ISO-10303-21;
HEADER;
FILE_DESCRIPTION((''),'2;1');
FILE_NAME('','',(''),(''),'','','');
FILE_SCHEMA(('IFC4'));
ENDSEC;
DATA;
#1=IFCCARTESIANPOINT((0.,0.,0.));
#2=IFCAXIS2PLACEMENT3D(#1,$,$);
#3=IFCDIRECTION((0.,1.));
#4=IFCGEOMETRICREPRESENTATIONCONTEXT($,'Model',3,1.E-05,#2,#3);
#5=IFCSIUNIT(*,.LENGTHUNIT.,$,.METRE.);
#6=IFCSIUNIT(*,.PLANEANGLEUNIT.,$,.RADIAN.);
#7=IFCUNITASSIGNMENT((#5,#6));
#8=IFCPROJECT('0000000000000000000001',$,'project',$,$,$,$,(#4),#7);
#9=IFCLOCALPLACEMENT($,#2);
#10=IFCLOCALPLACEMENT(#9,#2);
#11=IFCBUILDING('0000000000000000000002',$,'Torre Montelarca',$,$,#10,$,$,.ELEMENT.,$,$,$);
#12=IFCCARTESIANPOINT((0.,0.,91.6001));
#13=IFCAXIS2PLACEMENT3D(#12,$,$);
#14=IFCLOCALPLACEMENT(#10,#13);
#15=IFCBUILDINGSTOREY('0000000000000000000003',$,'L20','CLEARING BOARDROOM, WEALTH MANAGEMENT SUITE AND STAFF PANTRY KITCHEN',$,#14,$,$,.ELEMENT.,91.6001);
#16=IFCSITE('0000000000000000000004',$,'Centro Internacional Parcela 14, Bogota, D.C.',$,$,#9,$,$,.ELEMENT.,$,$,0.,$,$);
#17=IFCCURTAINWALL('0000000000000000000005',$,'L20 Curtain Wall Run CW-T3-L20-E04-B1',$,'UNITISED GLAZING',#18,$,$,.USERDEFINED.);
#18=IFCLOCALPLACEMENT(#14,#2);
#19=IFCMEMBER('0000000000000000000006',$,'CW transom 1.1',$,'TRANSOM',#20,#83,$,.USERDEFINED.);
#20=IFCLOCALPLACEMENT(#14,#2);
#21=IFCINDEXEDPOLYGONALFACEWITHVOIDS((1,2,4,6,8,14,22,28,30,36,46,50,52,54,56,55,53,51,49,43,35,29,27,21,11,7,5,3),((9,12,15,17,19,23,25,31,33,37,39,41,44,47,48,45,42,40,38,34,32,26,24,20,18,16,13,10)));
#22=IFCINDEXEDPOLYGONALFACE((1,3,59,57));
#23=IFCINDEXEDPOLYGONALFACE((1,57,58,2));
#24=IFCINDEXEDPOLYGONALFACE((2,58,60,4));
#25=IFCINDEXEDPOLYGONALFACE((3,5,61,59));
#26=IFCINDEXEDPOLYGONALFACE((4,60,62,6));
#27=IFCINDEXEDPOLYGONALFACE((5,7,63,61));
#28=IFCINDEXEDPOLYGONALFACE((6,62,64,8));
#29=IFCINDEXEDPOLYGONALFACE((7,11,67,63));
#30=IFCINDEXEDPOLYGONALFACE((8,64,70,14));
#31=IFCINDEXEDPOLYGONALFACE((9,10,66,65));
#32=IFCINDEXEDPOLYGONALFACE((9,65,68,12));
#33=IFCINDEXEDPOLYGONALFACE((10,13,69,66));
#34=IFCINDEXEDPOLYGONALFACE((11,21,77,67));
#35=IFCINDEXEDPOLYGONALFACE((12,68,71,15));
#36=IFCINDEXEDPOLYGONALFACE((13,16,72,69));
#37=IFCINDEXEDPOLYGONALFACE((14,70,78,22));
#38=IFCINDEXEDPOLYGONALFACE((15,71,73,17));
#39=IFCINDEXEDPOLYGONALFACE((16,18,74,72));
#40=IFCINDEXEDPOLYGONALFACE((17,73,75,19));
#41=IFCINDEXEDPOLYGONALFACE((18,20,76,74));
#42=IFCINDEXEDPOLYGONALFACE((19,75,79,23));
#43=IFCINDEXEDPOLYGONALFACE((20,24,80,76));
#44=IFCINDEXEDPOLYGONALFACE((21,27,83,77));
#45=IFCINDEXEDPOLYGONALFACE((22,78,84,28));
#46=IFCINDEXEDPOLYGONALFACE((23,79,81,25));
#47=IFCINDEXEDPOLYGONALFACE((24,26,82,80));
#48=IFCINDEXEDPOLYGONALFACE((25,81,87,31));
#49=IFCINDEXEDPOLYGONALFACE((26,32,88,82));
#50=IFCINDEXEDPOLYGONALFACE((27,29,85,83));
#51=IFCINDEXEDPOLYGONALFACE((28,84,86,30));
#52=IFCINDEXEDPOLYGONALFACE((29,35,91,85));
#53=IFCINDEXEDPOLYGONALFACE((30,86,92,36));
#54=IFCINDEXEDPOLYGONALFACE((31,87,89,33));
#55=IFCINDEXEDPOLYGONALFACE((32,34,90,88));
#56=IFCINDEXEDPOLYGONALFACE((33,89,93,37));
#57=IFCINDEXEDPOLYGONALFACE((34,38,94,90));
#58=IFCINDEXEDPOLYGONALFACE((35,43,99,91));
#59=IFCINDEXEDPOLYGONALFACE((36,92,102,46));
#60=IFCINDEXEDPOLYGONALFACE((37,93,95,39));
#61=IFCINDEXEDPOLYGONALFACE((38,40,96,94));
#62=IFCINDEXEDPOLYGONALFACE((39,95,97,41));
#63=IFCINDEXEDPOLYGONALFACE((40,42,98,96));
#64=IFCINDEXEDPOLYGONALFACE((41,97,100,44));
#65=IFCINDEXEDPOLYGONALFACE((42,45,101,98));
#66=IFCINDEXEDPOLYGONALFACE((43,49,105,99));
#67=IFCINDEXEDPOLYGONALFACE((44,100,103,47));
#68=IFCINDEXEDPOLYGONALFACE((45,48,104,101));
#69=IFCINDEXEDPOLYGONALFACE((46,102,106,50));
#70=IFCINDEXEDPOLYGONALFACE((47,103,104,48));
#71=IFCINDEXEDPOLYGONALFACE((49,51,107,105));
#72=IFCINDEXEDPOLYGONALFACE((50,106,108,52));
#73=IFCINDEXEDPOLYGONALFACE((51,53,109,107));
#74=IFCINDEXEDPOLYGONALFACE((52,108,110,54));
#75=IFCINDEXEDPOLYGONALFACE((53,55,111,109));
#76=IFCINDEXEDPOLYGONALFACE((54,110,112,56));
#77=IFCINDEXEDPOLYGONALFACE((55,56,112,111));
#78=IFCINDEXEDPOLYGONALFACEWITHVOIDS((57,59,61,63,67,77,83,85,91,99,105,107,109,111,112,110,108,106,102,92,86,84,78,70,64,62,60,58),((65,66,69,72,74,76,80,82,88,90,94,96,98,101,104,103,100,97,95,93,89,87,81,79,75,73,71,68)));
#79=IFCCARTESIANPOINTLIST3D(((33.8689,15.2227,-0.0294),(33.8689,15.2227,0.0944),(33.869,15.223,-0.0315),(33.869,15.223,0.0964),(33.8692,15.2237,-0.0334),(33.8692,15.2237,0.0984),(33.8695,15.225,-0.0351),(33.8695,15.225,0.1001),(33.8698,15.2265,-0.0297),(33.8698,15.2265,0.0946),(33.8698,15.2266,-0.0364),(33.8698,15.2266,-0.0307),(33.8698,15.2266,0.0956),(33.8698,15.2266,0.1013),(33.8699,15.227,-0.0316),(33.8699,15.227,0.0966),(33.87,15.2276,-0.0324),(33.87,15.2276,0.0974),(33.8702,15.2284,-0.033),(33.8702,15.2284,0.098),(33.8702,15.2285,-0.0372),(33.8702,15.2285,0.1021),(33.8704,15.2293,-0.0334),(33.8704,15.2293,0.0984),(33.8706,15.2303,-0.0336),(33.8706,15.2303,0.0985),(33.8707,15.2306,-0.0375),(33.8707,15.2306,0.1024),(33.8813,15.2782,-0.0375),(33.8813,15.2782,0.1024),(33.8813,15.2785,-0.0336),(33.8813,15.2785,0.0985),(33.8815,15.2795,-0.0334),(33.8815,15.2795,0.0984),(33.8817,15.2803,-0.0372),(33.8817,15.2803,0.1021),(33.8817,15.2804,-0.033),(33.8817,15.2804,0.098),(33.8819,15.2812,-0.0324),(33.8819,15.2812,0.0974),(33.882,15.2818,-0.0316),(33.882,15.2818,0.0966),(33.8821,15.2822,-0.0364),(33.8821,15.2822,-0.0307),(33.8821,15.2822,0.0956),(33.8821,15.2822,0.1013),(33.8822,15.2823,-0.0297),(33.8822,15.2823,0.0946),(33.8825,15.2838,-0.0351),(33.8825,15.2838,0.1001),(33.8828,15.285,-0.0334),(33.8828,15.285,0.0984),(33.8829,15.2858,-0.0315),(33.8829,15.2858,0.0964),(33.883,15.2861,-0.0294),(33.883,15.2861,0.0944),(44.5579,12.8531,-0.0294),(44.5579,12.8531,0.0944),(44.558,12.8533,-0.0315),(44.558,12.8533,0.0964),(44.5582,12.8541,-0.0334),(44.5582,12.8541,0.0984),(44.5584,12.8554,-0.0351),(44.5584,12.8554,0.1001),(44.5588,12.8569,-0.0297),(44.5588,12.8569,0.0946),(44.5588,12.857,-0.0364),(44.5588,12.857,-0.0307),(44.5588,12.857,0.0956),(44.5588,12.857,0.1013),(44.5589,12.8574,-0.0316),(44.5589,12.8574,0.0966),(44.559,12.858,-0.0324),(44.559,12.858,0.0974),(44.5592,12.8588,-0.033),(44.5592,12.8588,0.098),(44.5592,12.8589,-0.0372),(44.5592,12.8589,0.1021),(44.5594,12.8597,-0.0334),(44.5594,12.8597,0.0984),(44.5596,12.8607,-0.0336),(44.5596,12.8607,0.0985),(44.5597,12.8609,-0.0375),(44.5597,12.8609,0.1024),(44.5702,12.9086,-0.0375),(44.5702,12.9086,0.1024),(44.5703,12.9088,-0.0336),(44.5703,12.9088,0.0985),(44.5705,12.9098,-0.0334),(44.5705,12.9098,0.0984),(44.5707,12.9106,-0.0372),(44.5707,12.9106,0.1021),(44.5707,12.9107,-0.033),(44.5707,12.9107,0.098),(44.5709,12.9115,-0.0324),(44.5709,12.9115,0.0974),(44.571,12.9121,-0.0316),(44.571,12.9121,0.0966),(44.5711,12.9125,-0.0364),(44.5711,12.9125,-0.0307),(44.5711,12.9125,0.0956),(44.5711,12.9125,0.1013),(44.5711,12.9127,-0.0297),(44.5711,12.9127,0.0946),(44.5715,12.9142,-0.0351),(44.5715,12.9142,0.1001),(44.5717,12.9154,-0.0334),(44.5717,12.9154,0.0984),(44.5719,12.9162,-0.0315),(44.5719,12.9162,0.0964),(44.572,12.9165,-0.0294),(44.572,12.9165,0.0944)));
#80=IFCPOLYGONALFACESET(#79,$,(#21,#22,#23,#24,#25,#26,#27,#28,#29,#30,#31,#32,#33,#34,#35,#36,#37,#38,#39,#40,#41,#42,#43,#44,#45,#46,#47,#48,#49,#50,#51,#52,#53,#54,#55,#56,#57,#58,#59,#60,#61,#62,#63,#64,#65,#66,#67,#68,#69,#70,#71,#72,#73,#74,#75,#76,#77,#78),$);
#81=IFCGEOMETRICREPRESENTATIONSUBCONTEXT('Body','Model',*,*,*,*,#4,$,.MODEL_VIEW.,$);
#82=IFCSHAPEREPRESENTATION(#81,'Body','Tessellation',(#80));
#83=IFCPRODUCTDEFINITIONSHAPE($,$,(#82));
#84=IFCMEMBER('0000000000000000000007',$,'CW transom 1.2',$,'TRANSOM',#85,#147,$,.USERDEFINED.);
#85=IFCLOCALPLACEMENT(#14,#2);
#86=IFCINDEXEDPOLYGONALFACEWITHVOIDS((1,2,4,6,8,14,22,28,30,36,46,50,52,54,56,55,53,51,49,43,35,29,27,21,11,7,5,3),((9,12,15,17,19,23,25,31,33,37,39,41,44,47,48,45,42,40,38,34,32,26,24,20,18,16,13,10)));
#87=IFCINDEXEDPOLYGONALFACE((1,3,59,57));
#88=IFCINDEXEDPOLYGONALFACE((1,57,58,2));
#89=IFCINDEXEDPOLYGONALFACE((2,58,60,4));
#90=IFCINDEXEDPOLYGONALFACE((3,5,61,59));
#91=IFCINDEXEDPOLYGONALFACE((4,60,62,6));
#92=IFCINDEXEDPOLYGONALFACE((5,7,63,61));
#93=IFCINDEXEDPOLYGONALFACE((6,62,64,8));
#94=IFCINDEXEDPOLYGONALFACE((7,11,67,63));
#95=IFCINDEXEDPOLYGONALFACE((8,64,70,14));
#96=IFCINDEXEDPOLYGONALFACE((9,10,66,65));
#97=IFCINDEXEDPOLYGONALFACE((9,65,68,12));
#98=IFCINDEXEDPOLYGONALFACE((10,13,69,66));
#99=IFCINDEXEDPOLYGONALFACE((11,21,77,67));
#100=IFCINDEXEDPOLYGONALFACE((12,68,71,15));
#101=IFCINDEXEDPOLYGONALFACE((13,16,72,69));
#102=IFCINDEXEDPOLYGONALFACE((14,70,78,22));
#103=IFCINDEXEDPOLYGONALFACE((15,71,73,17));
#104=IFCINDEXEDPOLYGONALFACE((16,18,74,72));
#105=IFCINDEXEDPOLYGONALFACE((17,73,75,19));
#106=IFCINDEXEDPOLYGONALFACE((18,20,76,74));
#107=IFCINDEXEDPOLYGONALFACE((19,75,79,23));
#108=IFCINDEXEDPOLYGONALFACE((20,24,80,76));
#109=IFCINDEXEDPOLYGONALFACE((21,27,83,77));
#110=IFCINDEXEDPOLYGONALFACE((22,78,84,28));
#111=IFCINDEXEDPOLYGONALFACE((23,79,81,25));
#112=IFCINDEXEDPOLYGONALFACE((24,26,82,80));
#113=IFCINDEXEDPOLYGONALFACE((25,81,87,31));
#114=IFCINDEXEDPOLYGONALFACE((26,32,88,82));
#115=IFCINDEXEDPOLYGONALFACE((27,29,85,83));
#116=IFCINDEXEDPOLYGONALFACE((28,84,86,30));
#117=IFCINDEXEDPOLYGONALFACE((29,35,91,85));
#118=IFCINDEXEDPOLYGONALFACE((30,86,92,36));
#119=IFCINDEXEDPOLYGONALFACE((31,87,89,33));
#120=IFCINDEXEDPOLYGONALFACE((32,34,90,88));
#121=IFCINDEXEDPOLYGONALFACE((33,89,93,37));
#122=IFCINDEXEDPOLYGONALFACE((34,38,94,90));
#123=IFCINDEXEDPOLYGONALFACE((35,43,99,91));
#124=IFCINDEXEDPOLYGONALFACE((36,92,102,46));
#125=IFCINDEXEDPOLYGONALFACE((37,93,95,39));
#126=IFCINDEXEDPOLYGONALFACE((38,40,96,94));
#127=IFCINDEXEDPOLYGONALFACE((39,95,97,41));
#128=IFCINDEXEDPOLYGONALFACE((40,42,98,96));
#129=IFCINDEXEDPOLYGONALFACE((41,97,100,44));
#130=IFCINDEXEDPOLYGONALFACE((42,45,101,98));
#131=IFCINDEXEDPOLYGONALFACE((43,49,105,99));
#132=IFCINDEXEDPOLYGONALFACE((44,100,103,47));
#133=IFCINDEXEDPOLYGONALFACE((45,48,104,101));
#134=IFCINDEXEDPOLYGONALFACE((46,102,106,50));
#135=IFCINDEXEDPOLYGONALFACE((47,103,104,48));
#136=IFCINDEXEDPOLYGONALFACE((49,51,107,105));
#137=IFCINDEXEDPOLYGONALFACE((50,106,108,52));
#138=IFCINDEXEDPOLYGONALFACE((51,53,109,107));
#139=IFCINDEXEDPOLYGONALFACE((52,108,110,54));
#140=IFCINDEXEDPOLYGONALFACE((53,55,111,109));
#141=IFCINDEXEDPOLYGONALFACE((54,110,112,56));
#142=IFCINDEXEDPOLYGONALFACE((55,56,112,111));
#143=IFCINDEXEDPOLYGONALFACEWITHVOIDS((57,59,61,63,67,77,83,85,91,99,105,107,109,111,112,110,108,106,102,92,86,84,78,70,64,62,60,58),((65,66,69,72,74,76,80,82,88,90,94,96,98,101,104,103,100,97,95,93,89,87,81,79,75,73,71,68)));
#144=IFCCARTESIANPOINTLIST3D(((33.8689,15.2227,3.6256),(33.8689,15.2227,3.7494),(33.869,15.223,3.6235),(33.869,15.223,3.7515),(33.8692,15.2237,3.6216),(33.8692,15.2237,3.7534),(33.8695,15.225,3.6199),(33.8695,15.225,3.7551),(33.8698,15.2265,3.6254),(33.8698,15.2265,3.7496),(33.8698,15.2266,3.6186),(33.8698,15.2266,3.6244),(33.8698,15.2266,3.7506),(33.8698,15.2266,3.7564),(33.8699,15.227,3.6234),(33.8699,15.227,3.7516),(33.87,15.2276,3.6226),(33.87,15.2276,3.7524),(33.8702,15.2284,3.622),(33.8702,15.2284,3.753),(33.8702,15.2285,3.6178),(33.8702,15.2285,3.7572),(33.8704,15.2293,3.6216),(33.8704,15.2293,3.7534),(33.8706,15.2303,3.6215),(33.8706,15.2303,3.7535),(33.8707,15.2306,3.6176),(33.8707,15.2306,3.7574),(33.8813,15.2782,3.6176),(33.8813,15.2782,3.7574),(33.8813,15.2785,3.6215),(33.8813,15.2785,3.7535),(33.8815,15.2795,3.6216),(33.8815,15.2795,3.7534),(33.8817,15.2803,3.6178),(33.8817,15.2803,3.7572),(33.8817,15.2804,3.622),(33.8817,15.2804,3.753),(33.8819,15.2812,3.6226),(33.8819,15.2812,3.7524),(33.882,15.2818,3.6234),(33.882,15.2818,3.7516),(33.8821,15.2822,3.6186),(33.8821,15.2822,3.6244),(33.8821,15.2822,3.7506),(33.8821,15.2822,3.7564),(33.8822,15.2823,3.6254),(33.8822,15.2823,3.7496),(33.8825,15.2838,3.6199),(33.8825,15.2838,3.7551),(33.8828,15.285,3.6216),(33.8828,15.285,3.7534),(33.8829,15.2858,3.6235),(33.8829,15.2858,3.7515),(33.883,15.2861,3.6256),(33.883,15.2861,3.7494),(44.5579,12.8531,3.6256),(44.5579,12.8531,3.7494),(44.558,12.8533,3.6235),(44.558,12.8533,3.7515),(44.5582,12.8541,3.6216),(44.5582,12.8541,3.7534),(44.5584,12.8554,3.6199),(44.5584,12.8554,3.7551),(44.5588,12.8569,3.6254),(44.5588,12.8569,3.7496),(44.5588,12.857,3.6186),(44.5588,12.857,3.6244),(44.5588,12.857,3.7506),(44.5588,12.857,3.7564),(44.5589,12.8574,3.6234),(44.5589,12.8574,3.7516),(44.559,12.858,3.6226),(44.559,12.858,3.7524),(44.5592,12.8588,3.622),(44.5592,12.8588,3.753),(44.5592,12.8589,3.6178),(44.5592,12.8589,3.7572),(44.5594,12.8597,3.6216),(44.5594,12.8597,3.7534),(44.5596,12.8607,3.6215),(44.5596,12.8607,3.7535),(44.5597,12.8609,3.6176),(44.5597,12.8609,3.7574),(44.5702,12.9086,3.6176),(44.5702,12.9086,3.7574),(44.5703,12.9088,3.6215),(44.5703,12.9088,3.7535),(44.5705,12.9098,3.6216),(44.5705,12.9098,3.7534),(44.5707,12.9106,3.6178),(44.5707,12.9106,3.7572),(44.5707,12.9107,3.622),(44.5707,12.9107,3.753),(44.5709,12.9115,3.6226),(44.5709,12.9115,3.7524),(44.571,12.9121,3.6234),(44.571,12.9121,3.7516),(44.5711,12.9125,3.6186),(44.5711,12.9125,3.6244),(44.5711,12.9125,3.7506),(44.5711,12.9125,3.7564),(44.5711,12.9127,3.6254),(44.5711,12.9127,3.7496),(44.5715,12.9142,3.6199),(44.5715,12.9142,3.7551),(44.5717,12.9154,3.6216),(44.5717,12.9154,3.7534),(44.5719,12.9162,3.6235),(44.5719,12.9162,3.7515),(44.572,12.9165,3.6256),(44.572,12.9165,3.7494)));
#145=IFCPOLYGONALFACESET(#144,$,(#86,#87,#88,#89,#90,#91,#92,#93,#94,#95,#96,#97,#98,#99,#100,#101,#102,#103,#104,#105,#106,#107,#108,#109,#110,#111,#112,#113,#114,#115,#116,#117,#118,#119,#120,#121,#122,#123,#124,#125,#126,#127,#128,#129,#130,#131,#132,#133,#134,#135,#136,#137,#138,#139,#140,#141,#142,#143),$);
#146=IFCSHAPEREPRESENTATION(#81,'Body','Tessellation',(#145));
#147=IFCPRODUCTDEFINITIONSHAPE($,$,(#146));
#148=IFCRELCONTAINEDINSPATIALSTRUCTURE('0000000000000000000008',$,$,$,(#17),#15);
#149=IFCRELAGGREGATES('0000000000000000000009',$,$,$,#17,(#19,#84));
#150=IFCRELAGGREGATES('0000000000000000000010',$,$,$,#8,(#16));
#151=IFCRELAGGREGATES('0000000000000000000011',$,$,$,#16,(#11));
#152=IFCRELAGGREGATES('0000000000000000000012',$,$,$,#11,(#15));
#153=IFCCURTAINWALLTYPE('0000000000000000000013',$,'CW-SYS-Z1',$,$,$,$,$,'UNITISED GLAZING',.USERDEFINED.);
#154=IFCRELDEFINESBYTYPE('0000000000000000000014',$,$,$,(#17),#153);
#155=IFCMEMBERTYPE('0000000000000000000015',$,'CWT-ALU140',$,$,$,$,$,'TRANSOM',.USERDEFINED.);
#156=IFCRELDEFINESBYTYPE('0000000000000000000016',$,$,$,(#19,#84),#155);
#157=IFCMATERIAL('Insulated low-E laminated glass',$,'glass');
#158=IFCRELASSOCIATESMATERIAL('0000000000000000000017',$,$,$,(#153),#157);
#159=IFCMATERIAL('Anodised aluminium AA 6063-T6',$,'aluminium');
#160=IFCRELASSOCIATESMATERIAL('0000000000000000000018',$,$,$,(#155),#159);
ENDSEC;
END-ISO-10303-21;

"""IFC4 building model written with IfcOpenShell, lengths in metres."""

from ifc_helpers import new_model, si_unit, direction, frame, origin, origin_2d, place, context, subcontext, project, spatial, hollow_rectangle, extrude, source, transform, mapped, material, material_profile, profile_set, type_object, element, aggregate, save


model = new_model("IFC4")

# Units and contexts
model_context = context("Model", 3, precision=1e-05, world=origin(), true_north=direction((0.0, 1.0)))
body_context = subcontext(model_context, "Body", "Model", "MODEL_VIEW")
ifc_project = project(units=[si_unit("LENGTHUNIT", "METRE"), si_unit("PLANEANGLEUNIT", "RADIAN")], contexts=[model_context])

# Site, building, storey
site_placement = place(None, origin())
site = spatial("IfcSite", under=ifc_project, at=site_placement, Name="Centro Internacional Parcela 14, Bogota, D.C.", CompositionType="ELEMENT", RefElevation=0.0)
building_placement = place(site_placement, origin())
building = spatial("IfcBuilding", under=site, at=building_placement, Name="Torre Montelarca", CompositionType="ELEMENT")
storey_placement = place(building_placement, frame((0.0, 0.0, 91.6001)))
storey = spatial("IfcBuildingStorey", under=building, at=storey_placement, Name="L20", Description="CLEARING BOARDROOM, WEALTH MANAGEMENT SUITE AND STAFF PANTRY KITCHEN", CompositionType="ELEMENT", Elevation=91.6001)

# Curtain wall, members
ifc_material_1 = material(Name="Insulated low-E laminated glass", Category="glass")
curtain_wall_type = type_object("IfcCurtainWallType", Name="CW-SYS-Z1", ElementType="UNITISED GLAZING", PredefinedType="USERDEFINED", material=ifc_material_1)
ifc_material_2 = material(Name="Anodised aluminium AA 6063-T6", Category="aluminium")
ifc_material_profile_1 = material_profile(ifc_material_2, hollow_rectangle(XDim=0.0649, YDim=0.1399, WallThickness=0.0039, InnerFilletRadius=0.0039, OuterFilletRadius=0.0081, at=origin_2d()), Name="ALU65X140X4", Category="aluminium")
ifc_profile_set_1 = profile_set([ifc_material_profile_1], Name="Anodised aluminium AA 6063-T6")
member_type_1 = type_object("IfcMemberType", Name="CWT-ALU140", ElementType="TRANSOM", PredefinedType="USERDEFINED", material=ifc_profile_set_1)
curtain_wall_1_placement = place(storey_placement, origin())
curtain_wall_1 = element("IfcCurtainWall", 1, at=curtain_wall_1_placement, inside=storey, type_object=curtain_wall_type, Name="L20 Curtain Wall Run CW-T3-L20-E04-B1", ObjectType="UNITISED GLAZING", PredefinedType="USERDEFINED")
shared_shape_1 = source(origin(), body_context, "Body", "SweptSolid", [
    extrude(hollow_rectangle(XDim=0.0649, YDim=0.1399, WallThickness=0.0039, InnerFilletRadius=0.0039, OuterFilletRadius=0.0081, at=origin_2d()), origin(), (0.0, 0.0, 1.0), 10.9485),
])
member_1_placement = place(storey_placement, frame((33.876, 15.2544, 0.0325), z_axis=(0.976297, -0.216435, 0.0), x_axis=(0.216435, 0.976297, 0.0)))
member_1 = element("IfcMember", 2, at=member_1_placement, type_object=member_type_1, Name="CW transom 1.1", ObjectType="TRANSOM", PredefinedType="USERDEFINED", context=body_context, shape_type="MappedRepresentation", body=[
    mapped(shared_shape_1, transform((0.0, 0.0, 0.0), scale=1.0)),
])
member_2_placement = place(storey_placement, frame((33.876, 15.2544, 3.6875), z_axis=(0.976297, -0.216435, 0.0), x_axis=(0.216435, 0.976297, 0.0)))
member_2 = element("IfcMember", 3, at=member_2_placement, type_object=member_type_1, Name="CW transom 1.2", ObjectType="TRANSOM", PredefinedType="USERDEFINED", context=body_context, shape_type="MappedRepresentation", body=[
    mapped(shared_shape_1, transform((0.0, 0.0, 0.0), scale=1.0)),
])

aggregate(curtain_wall_1, [member_1, member_2])

save(model, "model.ifc")
